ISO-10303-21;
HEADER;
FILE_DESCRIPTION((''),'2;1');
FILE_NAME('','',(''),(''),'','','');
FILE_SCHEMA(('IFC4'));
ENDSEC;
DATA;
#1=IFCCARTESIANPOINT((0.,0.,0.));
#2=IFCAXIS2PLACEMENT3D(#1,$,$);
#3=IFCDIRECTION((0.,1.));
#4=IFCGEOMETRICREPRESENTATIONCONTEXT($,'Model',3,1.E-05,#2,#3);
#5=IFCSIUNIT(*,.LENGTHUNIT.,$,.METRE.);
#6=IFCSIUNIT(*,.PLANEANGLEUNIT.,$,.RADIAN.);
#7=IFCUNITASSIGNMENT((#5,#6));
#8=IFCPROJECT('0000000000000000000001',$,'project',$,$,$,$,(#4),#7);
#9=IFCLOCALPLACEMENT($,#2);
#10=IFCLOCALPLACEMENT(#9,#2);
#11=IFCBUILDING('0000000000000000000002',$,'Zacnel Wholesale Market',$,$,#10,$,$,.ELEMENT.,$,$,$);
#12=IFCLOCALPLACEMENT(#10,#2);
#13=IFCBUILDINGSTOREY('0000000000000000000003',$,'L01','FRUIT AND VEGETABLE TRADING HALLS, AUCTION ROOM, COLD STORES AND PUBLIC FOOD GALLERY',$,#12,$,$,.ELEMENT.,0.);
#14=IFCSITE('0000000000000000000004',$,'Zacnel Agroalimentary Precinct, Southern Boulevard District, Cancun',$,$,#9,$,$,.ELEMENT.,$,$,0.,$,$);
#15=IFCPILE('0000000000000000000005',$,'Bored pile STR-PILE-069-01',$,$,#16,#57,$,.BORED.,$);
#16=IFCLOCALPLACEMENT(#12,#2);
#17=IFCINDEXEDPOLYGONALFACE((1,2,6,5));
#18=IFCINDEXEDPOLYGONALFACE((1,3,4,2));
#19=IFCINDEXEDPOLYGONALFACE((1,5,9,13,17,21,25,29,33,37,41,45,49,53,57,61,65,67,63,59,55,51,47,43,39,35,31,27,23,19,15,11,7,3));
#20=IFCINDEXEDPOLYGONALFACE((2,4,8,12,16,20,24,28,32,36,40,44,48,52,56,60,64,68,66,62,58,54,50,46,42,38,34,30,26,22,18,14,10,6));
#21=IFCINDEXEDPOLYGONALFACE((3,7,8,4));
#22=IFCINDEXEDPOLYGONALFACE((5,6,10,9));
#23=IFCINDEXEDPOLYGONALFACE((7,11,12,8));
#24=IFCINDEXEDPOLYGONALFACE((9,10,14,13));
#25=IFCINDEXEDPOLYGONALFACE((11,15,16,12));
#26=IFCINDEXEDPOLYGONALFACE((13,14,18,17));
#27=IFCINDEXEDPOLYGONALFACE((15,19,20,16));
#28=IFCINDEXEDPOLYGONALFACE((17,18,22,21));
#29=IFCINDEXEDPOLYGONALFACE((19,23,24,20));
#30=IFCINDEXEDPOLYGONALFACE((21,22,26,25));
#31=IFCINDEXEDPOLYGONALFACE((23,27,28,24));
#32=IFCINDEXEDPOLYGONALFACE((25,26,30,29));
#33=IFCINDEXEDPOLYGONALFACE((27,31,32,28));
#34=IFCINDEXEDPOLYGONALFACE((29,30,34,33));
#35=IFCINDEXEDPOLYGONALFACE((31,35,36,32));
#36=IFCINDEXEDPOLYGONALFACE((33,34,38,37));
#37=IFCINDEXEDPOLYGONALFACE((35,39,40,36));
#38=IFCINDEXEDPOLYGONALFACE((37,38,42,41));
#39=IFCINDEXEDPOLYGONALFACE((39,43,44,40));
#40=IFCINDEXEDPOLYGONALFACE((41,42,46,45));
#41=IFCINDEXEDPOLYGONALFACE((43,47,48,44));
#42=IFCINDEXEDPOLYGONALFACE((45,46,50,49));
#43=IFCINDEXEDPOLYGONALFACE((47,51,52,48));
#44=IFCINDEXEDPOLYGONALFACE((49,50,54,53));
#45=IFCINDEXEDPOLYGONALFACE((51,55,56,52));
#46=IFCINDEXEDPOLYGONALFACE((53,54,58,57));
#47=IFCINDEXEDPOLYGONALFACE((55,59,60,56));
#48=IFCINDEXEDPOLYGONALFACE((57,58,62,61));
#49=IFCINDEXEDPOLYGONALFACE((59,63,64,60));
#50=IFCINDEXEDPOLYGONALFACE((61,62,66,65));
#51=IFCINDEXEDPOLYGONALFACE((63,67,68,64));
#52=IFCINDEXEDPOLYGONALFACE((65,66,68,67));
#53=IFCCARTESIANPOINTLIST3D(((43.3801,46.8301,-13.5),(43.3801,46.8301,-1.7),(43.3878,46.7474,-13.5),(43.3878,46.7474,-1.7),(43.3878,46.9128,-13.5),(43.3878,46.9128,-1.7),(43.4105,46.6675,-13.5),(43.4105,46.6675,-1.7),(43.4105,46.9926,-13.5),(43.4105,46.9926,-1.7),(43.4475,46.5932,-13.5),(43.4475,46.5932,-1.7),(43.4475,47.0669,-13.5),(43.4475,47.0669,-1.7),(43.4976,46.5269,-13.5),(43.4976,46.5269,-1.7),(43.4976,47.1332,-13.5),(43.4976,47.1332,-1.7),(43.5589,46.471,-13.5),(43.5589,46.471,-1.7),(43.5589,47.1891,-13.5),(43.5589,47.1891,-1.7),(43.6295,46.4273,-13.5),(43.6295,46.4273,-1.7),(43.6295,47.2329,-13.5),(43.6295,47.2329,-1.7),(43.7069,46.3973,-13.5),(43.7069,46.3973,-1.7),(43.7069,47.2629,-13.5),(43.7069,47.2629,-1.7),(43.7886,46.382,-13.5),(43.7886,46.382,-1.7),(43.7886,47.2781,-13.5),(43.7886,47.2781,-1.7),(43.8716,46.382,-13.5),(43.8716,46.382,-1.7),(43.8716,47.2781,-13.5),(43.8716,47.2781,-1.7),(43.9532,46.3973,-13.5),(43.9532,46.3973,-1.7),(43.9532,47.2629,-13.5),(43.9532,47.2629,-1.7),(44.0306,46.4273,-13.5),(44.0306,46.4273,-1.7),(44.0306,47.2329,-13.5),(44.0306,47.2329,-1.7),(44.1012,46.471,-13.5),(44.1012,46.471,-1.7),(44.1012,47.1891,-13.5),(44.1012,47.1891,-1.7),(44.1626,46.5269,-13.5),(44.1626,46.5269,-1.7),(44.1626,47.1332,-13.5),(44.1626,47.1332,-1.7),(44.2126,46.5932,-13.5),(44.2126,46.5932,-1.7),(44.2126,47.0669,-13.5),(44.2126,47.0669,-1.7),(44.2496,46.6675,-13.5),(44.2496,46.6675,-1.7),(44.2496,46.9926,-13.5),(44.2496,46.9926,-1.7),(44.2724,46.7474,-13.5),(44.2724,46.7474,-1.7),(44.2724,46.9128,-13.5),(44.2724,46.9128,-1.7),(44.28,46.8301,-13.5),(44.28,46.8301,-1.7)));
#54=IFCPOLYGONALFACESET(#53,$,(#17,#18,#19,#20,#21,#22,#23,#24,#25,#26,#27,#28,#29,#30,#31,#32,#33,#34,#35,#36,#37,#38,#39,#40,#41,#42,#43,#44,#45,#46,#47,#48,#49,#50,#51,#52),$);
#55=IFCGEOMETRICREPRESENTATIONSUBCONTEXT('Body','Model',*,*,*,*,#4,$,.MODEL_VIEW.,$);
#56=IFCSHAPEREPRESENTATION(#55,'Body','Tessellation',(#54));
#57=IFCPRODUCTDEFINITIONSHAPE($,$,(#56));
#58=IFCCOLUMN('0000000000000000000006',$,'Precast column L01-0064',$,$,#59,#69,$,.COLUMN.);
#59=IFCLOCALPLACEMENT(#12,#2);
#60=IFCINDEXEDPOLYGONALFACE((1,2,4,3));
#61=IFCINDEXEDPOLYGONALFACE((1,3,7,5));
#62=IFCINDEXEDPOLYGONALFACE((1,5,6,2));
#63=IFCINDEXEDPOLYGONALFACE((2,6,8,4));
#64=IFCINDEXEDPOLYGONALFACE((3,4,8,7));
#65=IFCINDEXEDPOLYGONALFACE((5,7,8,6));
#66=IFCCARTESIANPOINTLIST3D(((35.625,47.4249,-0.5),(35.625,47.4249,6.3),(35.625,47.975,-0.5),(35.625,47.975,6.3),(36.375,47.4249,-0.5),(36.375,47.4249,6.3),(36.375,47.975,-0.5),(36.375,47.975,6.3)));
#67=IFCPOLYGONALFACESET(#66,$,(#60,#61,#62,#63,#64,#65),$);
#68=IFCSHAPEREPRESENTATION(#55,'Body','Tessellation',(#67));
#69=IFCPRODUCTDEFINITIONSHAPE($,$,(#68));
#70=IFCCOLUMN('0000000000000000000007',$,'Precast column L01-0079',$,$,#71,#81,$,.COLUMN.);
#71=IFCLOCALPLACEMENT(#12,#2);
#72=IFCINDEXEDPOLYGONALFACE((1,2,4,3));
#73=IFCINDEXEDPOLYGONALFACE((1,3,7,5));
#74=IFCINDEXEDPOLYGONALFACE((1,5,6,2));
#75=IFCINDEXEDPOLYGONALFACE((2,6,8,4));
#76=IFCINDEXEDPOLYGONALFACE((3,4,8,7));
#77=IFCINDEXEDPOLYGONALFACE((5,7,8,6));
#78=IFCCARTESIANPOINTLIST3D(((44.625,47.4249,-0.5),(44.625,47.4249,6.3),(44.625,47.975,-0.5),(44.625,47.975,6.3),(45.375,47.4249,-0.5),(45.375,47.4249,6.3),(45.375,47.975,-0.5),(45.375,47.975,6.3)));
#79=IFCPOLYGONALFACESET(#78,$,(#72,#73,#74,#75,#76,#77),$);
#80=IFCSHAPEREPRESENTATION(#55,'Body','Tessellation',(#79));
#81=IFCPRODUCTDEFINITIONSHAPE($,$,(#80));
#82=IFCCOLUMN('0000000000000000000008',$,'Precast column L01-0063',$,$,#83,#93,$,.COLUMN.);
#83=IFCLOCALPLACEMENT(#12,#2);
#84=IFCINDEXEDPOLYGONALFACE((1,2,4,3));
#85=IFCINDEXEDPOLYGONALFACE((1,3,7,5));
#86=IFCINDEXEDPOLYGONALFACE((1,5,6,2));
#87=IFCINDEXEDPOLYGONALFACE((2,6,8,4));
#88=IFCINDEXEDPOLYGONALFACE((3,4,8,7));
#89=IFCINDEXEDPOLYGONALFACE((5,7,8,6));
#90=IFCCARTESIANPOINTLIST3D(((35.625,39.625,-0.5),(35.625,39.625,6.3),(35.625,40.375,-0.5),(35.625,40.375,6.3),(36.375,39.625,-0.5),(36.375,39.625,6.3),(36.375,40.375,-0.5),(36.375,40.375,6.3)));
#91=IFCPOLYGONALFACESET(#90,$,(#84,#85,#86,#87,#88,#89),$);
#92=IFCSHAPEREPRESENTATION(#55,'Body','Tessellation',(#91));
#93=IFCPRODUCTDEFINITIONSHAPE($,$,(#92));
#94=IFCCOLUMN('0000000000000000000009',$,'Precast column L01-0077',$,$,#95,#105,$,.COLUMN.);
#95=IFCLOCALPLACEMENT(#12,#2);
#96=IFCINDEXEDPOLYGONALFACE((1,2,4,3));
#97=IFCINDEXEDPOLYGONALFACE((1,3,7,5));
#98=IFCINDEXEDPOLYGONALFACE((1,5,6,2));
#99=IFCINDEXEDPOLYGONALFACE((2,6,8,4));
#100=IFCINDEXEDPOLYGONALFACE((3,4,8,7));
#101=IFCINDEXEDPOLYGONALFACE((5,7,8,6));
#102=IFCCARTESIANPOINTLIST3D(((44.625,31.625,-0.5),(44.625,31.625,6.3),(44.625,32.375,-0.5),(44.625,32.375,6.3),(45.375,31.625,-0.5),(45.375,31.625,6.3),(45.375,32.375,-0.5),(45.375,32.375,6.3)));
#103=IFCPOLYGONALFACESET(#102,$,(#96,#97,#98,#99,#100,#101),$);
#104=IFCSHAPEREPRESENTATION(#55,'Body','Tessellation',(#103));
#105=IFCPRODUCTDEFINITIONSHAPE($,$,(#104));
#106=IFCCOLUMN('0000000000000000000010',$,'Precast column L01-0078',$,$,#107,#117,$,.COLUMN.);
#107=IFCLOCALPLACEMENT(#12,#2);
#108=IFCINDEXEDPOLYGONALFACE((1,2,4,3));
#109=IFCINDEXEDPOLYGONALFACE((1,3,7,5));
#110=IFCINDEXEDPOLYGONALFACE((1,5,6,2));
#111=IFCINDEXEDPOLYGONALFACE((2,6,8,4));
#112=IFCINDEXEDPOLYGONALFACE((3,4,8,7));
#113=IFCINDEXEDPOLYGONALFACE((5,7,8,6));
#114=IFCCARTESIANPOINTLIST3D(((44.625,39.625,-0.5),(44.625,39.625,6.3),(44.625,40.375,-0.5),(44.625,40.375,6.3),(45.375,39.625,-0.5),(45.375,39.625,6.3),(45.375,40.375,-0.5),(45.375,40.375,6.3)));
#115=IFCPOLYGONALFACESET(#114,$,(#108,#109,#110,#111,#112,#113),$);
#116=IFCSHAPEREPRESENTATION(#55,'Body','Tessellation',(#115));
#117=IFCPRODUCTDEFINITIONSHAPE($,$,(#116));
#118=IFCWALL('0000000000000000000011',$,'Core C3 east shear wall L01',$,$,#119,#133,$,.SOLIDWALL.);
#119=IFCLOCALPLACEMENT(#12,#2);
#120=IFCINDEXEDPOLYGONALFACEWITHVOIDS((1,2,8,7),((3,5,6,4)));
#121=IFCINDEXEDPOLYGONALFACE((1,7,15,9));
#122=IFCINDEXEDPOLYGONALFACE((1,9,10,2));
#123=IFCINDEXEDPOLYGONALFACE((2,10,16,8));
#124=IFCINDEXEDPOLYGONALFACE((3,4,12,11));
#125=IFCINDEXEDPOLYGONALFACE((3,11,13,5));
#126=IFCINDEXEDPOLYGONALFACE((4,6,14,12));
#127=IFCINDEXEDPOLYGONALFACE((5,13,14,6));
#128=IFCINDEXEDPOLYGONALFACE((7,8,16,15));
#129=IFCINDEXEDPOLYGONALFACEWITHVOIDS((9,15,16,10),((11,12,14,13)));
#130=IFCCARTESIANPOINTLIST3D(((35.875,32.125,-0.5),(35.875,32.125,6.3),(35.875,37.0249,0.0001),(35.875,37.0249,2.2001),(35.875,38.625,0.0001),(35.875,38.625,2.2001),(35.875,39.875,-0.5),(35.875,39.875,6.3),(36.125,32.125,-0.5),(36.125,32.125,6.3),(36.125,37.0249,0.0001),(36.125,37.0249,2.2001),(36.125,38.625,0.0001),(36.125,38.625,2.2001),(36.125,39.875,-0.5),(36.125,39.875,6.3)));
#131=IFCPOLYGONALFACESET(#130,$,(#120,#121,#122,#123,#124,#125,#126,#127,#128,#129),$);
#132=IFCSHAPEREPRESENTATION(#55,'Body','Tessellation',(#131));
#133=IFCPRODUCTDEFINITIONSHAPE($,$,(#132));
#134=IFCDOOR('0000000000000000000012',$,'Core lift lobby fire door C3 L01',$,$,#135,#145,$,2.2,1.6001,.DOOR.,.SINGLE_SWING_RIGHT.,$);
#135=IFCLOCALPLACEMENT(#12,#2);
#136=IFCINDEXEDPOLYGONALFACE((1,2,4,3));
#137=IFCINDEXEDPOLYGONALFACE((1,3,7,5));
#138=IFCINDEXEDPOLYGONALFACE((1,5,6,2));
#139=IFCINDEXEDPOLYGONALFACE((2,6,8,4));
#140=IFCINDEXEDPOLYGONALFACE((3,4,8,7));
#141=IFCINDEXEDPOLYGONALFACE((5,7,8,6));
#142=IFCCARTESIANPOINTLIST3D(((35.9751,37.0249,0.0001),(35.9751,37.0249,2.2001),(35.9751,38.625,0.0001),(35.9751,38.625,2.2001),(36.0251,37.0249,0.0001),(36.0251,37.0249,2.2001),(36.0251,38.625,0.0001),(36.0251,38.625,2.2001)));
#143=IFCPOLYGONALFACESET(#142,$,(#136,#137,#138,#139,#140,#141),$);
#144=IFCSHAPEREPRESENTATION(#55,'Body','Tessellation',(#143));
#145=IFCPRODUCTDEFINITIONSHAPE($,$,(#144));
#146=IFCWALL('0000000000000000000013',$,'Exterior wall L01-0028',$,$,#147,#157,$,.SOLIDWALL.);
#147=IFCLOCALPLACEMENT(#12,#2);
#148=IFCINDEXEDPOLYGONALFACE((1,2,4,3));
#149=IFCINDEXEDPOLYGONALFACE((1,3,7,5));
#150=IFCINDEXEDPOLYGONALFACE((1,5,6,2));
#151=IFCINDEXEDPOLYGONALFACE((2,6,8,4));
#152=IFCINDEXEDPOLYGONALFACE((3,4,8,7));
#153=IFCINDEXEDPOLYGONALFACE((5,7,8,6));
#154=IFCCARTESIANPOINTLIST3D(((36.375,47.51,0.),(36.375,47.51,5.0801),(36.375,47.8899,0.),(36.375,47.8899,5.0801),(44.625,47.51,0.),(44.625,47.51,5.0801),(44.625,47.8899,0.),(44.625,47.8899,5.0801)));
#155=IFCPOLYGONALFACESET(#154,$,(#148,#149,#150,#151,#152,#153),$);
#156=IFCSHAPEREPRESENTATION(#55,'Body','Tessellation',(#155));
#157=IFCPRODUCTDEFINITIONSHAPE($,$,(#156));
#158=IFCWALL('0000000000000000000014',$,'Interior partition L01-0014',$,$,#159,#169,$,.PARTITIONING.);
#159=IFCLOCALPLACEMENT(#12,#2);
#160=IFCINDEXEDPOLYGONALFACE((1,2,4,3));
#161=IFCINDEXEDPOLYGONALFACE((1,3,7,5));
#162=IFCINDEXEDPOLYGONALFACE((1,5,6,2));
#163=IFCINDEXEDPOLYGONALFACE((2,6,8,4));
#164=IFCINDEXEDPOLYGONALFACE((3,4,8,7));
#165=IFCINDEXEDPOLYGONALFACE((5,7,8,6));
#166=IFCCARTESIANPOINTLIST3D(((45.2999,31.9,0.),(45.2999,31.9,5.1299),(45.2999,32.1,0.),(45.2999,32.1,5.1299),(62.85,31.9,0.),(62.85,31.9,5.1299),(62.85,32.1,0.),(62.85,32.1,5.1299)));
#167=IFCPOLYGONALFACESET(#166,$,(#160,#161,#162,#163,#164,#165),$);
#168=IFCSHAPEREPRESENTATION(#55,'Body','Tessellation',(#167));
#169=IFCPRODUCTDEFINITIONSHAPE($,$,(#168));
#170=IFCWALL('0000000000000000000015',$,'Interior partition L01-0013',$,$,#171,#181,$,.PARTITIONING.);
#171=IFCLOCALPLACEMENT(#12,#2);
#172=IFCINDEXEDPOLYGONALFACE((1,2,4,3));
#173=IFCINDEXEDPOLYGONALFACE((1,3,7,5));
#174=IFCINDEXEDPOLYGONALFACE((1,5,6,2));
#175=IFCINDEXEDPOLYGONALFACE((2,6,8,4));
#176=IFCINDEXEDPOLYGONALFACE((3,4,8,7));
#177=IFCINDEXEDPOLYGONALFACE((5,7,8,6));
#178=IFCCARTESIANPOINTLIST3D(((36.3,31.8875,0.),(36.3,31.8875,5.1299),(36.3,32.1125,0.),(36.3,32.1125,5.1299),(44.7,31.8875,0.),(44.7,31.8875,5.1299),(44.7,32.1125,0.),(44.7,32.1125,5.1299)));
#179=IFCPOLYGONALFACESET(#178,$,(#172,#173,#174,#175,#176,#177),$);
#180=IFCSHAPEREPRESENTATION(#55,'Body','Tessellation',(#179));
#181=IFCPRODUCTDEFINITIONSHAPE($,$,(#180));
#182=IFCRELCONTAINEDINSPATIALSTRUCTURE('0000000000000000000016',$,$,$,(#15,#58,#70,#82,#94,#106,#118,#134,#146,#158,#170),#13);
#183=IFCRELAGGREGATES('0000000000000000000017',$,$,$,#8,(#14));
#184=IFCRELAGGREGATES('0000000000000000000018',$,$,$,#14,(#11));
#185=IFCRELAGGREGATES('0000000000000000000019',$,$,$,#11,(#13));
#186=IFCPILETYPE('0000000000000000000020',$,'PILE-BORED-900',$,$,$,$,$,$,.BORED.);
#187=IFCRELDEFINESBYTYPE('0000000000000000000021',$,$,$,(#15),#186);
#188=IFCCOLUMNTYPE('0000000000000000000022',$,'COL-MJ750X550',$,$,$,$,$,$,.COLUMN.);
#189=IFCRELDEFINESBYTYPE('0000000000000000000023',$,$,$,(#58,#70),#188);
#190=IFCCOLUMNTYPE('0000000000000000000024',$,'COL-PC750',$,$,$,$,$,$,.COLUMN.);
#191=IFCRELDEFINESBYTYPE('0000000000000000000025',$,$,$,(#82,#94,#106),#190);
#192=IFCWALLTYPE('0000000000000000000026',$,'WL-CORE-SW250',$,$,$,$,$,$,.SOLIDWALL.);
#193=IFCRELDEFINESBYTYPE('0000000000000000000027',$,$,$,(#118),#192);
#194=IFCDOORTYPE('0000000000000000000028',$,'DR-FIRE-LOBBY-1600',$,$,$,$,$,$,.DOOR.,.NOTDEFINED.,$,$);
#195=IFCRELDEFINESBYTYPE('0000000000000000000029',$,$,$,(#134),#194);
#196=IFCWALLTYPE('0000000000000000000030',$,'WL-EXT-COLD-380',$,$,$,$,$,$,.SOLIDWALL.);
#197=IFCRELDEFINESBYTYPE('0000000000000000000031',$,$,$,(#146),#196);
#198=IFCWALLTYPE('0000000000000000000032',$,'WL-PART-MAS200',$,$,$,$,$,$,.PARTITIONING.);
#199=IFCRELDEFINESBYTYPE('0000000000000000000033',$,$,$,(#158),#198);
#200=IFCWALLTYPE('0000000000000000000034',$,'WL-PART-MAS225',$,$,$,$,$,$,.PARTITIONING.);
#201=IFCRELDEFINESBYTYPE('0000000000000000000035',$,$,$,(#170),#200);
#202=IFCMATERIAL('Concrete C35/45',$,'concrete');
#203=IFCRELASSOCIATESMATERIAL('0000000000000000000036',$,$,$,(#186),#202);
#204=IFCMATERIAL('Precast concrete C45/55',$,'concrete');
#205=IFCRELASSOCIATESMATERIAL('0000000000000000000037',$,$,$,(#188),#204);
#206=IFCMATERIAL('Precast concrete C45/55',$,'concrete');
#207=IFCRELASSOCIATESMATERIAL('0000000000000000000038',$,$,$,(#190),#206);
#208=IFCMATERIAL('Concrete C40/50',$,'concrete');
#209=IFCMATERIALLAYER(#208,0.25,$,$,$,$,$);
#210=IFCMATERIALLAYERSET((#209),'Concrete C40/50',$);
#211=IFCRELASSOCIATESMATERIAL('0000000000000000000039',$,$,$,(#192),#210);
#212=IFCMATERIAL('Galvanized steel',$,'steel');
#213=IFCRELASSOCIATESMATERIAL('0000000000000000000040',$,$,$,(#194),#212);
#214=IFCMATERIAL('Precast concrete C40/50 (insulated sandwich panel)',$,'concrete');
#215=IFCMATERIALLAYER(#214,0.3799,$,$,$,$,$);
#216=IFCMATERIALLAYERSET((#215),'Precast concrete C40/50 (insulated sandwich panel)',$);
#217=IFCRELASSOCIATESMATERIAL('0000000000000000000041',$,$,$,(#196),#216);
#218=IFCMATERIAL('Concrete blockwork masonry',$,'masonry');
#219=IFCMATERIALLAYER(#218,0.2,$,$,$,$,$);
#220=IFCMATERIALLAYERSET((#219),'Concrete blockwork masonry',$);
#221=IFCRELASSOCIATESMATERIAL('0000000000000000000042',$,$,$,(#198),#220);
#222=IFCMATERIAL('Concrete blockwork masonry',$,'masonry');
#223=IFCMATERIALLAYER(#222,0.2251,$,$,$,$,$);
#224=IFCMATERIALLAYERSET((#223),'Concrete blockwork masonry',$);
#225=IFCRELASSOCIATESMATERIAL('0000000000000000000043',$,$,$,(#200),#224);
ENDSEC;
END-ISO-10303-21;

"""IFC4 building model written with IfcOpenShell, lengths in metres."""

from ifc_helpers import new_model, si_unit, direction, frame, frame_2d, origin, origin_2d, place, context, subcontext, project, spatial, rectangle, circle, extrude, material, layer, layer_set, material_profile, profile_set, type_object, element, fill, save


model = new_model("IFC4")

# Units and contexts
model_context = context("Model", 3, precision=1e-05, world=origin(), true_north=direction((0.0, 1.0)))
body_context = subcontext(model_context, "Body", "Model", "MODEL_VIEW")
ifc_project = project(units=[si_unit("LENGTHUNIT", "METRE"), si_unit("PLANEANGLEUNIT", "RADIAN")], contexts=[model_context])

# Site, building, storey
site_placement = place(None, origin())
site = spatial("IfcSite", under=ifc_project, at=site_placement, Name="Zacnel Agroalimentary Precinct, Southern Boulevard District, Cancun", CompositionType="ELEMENT", RefElevation=0.0)
building_placement = place(site_placement, origin())
building = spatial("IfcBuilding", under=site, at=building_placement, Name="Zacnel Wholesale Market", CompositionType="ELEMENT")
storey_placement = place(building_placement, origin())
storey = spatial("IfcBuildingStorey", under=building, at=storey_placement, Name="L01", Description="FRUIT AND VEGETABLE TRADING HALLS, AUCTION ROOM, COLD STORES AND PUBLIC FOOD GALLERY", CompositionType="ELEMENT", Elevation=0.0)

# Pile
ifc_material_1 = material(Name="Concrete C35/45", Category="concrete")
ifc_material_profile_1 = material_profile(ifc_material_1, circle(Radius=0.45, at=origin_2d()), Name="BORED PILE D900")
ifc_profile_set_1 = profile_set([ifc_material_profile_1], Name="Concrete C35/45")
pile_type = type_object("IfcPileType", Name="PILE-BORED-900", PredefinedType="BORED", material=ifc_profile_set_1)
pile_1_placement = place(storey_placement, frame((43.8301, 46.8301, -1.7), z_axis=(0.0, 0.0, -1.0), x_axis=(1.0, 0.0, 0.0)))
element("IfcPile", 1, at=pile_1_placement, inside=storey, type_object=pile_type, Name="Bored pile STR-PILE-069-01", PredefinedType="BORED", context=body_context, shape_type="SweptSolid", body=[
    extrude(circle(Radius=0.45, at=origin_2d()), origin(), (0.0, 0.0, 1.0), 11.8),
])

# Columns
ifc_material_2 = material(Name="Precast concrete C45/55", Category="concrete")
ifc_material_profile_2 = material_profile(ifc_material_2, rectangle(XDim=0.75, YDim=0.55, at=origin_2d()), Name="PC 750x550")
ifc_profile_set_2 = profile_set([ifc_material_profile_2], Name="Precast concrete C45/55")
column_type_1 = type_object("IfcColumnType", Name="COL-MJ750X550", PredefinedType="COLUMN", material=ifc_profile_set_2)
for number, where, z_axis, x_axis, name in (
    (2, (36.0, 47.7, -0.5), (0.0, 0.0, 1.0), (1.0, 0.0, 0.0), "Precast column L01-0064"),
    (3, (45.0, 47.7, -0.5), (0.0, 0.0, 1.0), (1.0, 0.0, 0.0), "Precast column L01-0079"),
):
    element("IfcColumn", number, at=place(storey_placement, frame(where, z_axis=z_axis, x_axis=x_axis)), inside=storey, type_object=column_type_1, Name=name, PredefinedType="COLUMN", context=body_context, shape_type="SweptSolid", body=[
        extrude(rectangle(XDim=0.75, YDim=0.55, at=origin_2d()), origin(), (0.0, 0.0, 1.0), 6.8),
    ])
ifc_material_3 = material(Name="Precast concrete C45/55", Category="concrete")
ifc_material_profile_3 = material_profile(ifc_material_3, rectangle(XDim=0.75, YDim=0.75, at=origin_2d()), Name="PC 750x750")
ifc_profile_set_3 = profile_set([ifc_material_profile_3], Name="Precast concrete C45/55")
column_type_2 = type_object("IfcColumnType", Name="COL-PC750", PredefinedType="COLUMN", material=ifc_profile_set_3)
for number, where, z_axis, x_axis, name in (
    (4, (36.0, 40.0, -0.5), (0.0, 0.0, 1.0), (1.0, 0.0, 0.0), "Precast column L01-0063"),
    (5, (45.0, 32.0, -0.5), (0.0, 0.0, 1.0), (1.0, 0.0, 0.0), "Precast column L01-0077"),
    (6, (45.0, 40.0, -0.5), (0.0, 0.0, 1.0), (1.0, 0.0, 0.0), "Precast column L01-0078"),
):
    element("IfcColumn", number, at=place(storey_placement, frame(where, z_axis=z_axis, x_axis=x_axis)), inside=storey, type_object=column_type_2, Name=name, PredefinedType="COLUMN", context=body_context, shape_type="SweptSolid", body=[
        extrude(rectangle(XDim=0.75, YDim=0.75, at=origin_2d()), origin(), (0.0, 0.0, 1.0), 6.8),
    ])

# Wall, opening, door
ifc_material_4 = material(Name="Concrete C40/50", Category="concrete")
ifc_layer_1 = layer(ifc_material_4, 0.25)
ifc_layer_set_1 = layer_set([ifc_layer_1], Name="Concrete C40/50")
wall_type_1 = type_object("IfcWallType", Name="WL-CORE-SW250", PredefinedType="SOLIDWALL", material=ifc_layer_set_1)
wall_1_placement = place(storey_placement, frame((36.0, 32.125, -0.5), z_axis=(0.0, 0.0, 1.0), x_axis=(0.0, 1.0, 0.0)))
wall_1 = element("IfcWall", 7, at=wall_1_placement, inside=storey, type_object=wall_type_1, Name="Core C3 east shear wall L01", PredefinedType="SOLIDWALL", context=body_context, shape_type="SweptSolid", body=[
    extrude(rectangle(XDim=7.75, YDim=0.25, at=frame_2d((3.875, 0.0))), origin(), (0.0, 0.0, 1.0), 6.8),
])
opening_placement = place(wall_1_placement, frame((4.8999, 0.0, 0.5)))
opening = element("IfcOpeningElement", 8, at=opening_placement, cuts=wall_1, PredefinedType="OPENING", context=body_context, shape_type="SweptSolid", body=[
    extrude(rectangle(XDim=1.6001, YDim=2.2, at=frame_2d((0.8, 1.1001))), frame((0.0, 0.135, 0.0), z_axis=(0.0, -1.0, 0.0), x_axis=(1.0, 0.0, 0.0)), (0.0, 0.0, 1.0), 0.27),
])
ifc_material_5 = material(Name="Galvanized steel", Category="steel")
door_type = type_object("IfcDoorType", Name="DR-FIRE-LOBBY-1600", OperationType="NOTDEFINED", PredefinedType="DOOR", material=ifc_material_5)
door_placement = place(opening_placement, origin())
door = element("IfcDoor", 9, at=door_placement, inside=storey, type_object=door_type, Name="Core lift lobby fire door C3 L01", OperationType="SINGLE_SWING_RIGHT", OverallHeight=2.2, OverallWidth=1.6001, PredefinedType="DOOR", context=body_context, shape_type="SweptSolid", body=[
    extrude(rectangle(XDim=1.6001, YDim=2.2, at=frame_2d((0.8, 1.1001))), frame((0.0, 0.0249, 0.0), z_axis=(0.0, -1.0, 0.0), x_axis=(1.0, 0.0, 0.0)), (0.0, 0.0, 1.0), 0.05),
])
fill(opening, door)

# Walls
ifc_material_6 = material(Name="Precast concrete C40/50 (insulated sandwich panel)", Category="concrete")
ifc_layer_2 = layer(ifc_material_6, 0.3799)
ifc_layer_set_2 = layer_set([ifc_layer_2], Name="Precast concrete C40/50 (insulated sandwich panel)")
wall_type_2 = type_object("IfcWallType", Name="WL-EXT-COLD-380", PredefinedType="SOLIDWALL", material=ifc_layer_set_2)
wall_2_placement = place(storey_placement, frame((36.375, 47.7, 0.0), z_axis=(0.0, 0.0, 1.0), x_axis=(1.0, 0.0, 0.0)))
element("IfcWall", 10, at=wall_2_placement, inside=storey, type_object=wall_type_2, Name="Exterior wall L01-0028", PredefinedType="SOLIDWALL", context=body_context, shape_type="SweptSolid", body=[
    extrude(rectangle(XDim=8.25, YDim=0.3799, at=frame_2d((4.125, 0.0))), origin(), (0.0, 0.0, 1.0), 5.0801),
])
ifc_material_7 = material(Name="Concrete blockwork masonry", Category="masonry")
ifc_layer_3 = layer(ifc_material_7, 0.2)
ifc_layer_set_3 = layer_set([ifc_layer_3], Name="Concrete blockwork masonry")
wall_type_3 = type_object("IfcWallType", Name="WL-PART-MAS200", PredefinedType="PARTITIONING", material=ifc_layer_set_3)
wall_3_placement = place(storey_placement, frame((45.3, 32.0, 0.0), z_axis=(0.0, 0.0, 1.0), x_axis=(1.0, 0.0, 0.0)))
element("IfcWall", 11, at=wall_3_placement, inside=storey, type_object=wall_type_3, Name="Interior partition L01-0014", PredefinedType="PARTITIONING", context=body_context, shape_type="SweptSolid", body=[
    extrude(rectangle(XDim=17.55, YDim=0.2, at=frame_2d((8.7749, 0.0))), origin(), (0.0, 0.0, 1.0), 5.1299),
])
ifc_material_8 = material(Name="Concrete blockwork masonry", Category="masonry")
ifc_layer_4 = layer(ifc_material_8, 0.2251)
ifc_layer_set_4 = layer_set([ifc_layer_4], Name="Concrete blockwork masonry")
wall_type_4 = type_object("IfcWallType", Name="WL-PART-MAS225", PredefinedType="PARTITIONING", material=ifc_layer_set_4)
wall_4_placement = place(storey_placement, frame((36.3, 32.0, 0.0), z_axis=(0.0, 0.0, 1.0), x_axis=(1.0, 0.0, 0.0)))
element("IfcWall", 12, at=wall_4_placement, inside=storey, type_object=wall_type_4, Name="Interior partition L01-0013", PredefinedType="PARTITIONING", context=body_context, shape_type="SweptSolid", body=[
    extrude(rectangle(XDim=8.3999, YDim=0.2251, at=frame_2d((4.2, 0.0))), origin(), (0.0, 0.0, 1.0), 5.1299),
])

save(model, "model.ifc")
